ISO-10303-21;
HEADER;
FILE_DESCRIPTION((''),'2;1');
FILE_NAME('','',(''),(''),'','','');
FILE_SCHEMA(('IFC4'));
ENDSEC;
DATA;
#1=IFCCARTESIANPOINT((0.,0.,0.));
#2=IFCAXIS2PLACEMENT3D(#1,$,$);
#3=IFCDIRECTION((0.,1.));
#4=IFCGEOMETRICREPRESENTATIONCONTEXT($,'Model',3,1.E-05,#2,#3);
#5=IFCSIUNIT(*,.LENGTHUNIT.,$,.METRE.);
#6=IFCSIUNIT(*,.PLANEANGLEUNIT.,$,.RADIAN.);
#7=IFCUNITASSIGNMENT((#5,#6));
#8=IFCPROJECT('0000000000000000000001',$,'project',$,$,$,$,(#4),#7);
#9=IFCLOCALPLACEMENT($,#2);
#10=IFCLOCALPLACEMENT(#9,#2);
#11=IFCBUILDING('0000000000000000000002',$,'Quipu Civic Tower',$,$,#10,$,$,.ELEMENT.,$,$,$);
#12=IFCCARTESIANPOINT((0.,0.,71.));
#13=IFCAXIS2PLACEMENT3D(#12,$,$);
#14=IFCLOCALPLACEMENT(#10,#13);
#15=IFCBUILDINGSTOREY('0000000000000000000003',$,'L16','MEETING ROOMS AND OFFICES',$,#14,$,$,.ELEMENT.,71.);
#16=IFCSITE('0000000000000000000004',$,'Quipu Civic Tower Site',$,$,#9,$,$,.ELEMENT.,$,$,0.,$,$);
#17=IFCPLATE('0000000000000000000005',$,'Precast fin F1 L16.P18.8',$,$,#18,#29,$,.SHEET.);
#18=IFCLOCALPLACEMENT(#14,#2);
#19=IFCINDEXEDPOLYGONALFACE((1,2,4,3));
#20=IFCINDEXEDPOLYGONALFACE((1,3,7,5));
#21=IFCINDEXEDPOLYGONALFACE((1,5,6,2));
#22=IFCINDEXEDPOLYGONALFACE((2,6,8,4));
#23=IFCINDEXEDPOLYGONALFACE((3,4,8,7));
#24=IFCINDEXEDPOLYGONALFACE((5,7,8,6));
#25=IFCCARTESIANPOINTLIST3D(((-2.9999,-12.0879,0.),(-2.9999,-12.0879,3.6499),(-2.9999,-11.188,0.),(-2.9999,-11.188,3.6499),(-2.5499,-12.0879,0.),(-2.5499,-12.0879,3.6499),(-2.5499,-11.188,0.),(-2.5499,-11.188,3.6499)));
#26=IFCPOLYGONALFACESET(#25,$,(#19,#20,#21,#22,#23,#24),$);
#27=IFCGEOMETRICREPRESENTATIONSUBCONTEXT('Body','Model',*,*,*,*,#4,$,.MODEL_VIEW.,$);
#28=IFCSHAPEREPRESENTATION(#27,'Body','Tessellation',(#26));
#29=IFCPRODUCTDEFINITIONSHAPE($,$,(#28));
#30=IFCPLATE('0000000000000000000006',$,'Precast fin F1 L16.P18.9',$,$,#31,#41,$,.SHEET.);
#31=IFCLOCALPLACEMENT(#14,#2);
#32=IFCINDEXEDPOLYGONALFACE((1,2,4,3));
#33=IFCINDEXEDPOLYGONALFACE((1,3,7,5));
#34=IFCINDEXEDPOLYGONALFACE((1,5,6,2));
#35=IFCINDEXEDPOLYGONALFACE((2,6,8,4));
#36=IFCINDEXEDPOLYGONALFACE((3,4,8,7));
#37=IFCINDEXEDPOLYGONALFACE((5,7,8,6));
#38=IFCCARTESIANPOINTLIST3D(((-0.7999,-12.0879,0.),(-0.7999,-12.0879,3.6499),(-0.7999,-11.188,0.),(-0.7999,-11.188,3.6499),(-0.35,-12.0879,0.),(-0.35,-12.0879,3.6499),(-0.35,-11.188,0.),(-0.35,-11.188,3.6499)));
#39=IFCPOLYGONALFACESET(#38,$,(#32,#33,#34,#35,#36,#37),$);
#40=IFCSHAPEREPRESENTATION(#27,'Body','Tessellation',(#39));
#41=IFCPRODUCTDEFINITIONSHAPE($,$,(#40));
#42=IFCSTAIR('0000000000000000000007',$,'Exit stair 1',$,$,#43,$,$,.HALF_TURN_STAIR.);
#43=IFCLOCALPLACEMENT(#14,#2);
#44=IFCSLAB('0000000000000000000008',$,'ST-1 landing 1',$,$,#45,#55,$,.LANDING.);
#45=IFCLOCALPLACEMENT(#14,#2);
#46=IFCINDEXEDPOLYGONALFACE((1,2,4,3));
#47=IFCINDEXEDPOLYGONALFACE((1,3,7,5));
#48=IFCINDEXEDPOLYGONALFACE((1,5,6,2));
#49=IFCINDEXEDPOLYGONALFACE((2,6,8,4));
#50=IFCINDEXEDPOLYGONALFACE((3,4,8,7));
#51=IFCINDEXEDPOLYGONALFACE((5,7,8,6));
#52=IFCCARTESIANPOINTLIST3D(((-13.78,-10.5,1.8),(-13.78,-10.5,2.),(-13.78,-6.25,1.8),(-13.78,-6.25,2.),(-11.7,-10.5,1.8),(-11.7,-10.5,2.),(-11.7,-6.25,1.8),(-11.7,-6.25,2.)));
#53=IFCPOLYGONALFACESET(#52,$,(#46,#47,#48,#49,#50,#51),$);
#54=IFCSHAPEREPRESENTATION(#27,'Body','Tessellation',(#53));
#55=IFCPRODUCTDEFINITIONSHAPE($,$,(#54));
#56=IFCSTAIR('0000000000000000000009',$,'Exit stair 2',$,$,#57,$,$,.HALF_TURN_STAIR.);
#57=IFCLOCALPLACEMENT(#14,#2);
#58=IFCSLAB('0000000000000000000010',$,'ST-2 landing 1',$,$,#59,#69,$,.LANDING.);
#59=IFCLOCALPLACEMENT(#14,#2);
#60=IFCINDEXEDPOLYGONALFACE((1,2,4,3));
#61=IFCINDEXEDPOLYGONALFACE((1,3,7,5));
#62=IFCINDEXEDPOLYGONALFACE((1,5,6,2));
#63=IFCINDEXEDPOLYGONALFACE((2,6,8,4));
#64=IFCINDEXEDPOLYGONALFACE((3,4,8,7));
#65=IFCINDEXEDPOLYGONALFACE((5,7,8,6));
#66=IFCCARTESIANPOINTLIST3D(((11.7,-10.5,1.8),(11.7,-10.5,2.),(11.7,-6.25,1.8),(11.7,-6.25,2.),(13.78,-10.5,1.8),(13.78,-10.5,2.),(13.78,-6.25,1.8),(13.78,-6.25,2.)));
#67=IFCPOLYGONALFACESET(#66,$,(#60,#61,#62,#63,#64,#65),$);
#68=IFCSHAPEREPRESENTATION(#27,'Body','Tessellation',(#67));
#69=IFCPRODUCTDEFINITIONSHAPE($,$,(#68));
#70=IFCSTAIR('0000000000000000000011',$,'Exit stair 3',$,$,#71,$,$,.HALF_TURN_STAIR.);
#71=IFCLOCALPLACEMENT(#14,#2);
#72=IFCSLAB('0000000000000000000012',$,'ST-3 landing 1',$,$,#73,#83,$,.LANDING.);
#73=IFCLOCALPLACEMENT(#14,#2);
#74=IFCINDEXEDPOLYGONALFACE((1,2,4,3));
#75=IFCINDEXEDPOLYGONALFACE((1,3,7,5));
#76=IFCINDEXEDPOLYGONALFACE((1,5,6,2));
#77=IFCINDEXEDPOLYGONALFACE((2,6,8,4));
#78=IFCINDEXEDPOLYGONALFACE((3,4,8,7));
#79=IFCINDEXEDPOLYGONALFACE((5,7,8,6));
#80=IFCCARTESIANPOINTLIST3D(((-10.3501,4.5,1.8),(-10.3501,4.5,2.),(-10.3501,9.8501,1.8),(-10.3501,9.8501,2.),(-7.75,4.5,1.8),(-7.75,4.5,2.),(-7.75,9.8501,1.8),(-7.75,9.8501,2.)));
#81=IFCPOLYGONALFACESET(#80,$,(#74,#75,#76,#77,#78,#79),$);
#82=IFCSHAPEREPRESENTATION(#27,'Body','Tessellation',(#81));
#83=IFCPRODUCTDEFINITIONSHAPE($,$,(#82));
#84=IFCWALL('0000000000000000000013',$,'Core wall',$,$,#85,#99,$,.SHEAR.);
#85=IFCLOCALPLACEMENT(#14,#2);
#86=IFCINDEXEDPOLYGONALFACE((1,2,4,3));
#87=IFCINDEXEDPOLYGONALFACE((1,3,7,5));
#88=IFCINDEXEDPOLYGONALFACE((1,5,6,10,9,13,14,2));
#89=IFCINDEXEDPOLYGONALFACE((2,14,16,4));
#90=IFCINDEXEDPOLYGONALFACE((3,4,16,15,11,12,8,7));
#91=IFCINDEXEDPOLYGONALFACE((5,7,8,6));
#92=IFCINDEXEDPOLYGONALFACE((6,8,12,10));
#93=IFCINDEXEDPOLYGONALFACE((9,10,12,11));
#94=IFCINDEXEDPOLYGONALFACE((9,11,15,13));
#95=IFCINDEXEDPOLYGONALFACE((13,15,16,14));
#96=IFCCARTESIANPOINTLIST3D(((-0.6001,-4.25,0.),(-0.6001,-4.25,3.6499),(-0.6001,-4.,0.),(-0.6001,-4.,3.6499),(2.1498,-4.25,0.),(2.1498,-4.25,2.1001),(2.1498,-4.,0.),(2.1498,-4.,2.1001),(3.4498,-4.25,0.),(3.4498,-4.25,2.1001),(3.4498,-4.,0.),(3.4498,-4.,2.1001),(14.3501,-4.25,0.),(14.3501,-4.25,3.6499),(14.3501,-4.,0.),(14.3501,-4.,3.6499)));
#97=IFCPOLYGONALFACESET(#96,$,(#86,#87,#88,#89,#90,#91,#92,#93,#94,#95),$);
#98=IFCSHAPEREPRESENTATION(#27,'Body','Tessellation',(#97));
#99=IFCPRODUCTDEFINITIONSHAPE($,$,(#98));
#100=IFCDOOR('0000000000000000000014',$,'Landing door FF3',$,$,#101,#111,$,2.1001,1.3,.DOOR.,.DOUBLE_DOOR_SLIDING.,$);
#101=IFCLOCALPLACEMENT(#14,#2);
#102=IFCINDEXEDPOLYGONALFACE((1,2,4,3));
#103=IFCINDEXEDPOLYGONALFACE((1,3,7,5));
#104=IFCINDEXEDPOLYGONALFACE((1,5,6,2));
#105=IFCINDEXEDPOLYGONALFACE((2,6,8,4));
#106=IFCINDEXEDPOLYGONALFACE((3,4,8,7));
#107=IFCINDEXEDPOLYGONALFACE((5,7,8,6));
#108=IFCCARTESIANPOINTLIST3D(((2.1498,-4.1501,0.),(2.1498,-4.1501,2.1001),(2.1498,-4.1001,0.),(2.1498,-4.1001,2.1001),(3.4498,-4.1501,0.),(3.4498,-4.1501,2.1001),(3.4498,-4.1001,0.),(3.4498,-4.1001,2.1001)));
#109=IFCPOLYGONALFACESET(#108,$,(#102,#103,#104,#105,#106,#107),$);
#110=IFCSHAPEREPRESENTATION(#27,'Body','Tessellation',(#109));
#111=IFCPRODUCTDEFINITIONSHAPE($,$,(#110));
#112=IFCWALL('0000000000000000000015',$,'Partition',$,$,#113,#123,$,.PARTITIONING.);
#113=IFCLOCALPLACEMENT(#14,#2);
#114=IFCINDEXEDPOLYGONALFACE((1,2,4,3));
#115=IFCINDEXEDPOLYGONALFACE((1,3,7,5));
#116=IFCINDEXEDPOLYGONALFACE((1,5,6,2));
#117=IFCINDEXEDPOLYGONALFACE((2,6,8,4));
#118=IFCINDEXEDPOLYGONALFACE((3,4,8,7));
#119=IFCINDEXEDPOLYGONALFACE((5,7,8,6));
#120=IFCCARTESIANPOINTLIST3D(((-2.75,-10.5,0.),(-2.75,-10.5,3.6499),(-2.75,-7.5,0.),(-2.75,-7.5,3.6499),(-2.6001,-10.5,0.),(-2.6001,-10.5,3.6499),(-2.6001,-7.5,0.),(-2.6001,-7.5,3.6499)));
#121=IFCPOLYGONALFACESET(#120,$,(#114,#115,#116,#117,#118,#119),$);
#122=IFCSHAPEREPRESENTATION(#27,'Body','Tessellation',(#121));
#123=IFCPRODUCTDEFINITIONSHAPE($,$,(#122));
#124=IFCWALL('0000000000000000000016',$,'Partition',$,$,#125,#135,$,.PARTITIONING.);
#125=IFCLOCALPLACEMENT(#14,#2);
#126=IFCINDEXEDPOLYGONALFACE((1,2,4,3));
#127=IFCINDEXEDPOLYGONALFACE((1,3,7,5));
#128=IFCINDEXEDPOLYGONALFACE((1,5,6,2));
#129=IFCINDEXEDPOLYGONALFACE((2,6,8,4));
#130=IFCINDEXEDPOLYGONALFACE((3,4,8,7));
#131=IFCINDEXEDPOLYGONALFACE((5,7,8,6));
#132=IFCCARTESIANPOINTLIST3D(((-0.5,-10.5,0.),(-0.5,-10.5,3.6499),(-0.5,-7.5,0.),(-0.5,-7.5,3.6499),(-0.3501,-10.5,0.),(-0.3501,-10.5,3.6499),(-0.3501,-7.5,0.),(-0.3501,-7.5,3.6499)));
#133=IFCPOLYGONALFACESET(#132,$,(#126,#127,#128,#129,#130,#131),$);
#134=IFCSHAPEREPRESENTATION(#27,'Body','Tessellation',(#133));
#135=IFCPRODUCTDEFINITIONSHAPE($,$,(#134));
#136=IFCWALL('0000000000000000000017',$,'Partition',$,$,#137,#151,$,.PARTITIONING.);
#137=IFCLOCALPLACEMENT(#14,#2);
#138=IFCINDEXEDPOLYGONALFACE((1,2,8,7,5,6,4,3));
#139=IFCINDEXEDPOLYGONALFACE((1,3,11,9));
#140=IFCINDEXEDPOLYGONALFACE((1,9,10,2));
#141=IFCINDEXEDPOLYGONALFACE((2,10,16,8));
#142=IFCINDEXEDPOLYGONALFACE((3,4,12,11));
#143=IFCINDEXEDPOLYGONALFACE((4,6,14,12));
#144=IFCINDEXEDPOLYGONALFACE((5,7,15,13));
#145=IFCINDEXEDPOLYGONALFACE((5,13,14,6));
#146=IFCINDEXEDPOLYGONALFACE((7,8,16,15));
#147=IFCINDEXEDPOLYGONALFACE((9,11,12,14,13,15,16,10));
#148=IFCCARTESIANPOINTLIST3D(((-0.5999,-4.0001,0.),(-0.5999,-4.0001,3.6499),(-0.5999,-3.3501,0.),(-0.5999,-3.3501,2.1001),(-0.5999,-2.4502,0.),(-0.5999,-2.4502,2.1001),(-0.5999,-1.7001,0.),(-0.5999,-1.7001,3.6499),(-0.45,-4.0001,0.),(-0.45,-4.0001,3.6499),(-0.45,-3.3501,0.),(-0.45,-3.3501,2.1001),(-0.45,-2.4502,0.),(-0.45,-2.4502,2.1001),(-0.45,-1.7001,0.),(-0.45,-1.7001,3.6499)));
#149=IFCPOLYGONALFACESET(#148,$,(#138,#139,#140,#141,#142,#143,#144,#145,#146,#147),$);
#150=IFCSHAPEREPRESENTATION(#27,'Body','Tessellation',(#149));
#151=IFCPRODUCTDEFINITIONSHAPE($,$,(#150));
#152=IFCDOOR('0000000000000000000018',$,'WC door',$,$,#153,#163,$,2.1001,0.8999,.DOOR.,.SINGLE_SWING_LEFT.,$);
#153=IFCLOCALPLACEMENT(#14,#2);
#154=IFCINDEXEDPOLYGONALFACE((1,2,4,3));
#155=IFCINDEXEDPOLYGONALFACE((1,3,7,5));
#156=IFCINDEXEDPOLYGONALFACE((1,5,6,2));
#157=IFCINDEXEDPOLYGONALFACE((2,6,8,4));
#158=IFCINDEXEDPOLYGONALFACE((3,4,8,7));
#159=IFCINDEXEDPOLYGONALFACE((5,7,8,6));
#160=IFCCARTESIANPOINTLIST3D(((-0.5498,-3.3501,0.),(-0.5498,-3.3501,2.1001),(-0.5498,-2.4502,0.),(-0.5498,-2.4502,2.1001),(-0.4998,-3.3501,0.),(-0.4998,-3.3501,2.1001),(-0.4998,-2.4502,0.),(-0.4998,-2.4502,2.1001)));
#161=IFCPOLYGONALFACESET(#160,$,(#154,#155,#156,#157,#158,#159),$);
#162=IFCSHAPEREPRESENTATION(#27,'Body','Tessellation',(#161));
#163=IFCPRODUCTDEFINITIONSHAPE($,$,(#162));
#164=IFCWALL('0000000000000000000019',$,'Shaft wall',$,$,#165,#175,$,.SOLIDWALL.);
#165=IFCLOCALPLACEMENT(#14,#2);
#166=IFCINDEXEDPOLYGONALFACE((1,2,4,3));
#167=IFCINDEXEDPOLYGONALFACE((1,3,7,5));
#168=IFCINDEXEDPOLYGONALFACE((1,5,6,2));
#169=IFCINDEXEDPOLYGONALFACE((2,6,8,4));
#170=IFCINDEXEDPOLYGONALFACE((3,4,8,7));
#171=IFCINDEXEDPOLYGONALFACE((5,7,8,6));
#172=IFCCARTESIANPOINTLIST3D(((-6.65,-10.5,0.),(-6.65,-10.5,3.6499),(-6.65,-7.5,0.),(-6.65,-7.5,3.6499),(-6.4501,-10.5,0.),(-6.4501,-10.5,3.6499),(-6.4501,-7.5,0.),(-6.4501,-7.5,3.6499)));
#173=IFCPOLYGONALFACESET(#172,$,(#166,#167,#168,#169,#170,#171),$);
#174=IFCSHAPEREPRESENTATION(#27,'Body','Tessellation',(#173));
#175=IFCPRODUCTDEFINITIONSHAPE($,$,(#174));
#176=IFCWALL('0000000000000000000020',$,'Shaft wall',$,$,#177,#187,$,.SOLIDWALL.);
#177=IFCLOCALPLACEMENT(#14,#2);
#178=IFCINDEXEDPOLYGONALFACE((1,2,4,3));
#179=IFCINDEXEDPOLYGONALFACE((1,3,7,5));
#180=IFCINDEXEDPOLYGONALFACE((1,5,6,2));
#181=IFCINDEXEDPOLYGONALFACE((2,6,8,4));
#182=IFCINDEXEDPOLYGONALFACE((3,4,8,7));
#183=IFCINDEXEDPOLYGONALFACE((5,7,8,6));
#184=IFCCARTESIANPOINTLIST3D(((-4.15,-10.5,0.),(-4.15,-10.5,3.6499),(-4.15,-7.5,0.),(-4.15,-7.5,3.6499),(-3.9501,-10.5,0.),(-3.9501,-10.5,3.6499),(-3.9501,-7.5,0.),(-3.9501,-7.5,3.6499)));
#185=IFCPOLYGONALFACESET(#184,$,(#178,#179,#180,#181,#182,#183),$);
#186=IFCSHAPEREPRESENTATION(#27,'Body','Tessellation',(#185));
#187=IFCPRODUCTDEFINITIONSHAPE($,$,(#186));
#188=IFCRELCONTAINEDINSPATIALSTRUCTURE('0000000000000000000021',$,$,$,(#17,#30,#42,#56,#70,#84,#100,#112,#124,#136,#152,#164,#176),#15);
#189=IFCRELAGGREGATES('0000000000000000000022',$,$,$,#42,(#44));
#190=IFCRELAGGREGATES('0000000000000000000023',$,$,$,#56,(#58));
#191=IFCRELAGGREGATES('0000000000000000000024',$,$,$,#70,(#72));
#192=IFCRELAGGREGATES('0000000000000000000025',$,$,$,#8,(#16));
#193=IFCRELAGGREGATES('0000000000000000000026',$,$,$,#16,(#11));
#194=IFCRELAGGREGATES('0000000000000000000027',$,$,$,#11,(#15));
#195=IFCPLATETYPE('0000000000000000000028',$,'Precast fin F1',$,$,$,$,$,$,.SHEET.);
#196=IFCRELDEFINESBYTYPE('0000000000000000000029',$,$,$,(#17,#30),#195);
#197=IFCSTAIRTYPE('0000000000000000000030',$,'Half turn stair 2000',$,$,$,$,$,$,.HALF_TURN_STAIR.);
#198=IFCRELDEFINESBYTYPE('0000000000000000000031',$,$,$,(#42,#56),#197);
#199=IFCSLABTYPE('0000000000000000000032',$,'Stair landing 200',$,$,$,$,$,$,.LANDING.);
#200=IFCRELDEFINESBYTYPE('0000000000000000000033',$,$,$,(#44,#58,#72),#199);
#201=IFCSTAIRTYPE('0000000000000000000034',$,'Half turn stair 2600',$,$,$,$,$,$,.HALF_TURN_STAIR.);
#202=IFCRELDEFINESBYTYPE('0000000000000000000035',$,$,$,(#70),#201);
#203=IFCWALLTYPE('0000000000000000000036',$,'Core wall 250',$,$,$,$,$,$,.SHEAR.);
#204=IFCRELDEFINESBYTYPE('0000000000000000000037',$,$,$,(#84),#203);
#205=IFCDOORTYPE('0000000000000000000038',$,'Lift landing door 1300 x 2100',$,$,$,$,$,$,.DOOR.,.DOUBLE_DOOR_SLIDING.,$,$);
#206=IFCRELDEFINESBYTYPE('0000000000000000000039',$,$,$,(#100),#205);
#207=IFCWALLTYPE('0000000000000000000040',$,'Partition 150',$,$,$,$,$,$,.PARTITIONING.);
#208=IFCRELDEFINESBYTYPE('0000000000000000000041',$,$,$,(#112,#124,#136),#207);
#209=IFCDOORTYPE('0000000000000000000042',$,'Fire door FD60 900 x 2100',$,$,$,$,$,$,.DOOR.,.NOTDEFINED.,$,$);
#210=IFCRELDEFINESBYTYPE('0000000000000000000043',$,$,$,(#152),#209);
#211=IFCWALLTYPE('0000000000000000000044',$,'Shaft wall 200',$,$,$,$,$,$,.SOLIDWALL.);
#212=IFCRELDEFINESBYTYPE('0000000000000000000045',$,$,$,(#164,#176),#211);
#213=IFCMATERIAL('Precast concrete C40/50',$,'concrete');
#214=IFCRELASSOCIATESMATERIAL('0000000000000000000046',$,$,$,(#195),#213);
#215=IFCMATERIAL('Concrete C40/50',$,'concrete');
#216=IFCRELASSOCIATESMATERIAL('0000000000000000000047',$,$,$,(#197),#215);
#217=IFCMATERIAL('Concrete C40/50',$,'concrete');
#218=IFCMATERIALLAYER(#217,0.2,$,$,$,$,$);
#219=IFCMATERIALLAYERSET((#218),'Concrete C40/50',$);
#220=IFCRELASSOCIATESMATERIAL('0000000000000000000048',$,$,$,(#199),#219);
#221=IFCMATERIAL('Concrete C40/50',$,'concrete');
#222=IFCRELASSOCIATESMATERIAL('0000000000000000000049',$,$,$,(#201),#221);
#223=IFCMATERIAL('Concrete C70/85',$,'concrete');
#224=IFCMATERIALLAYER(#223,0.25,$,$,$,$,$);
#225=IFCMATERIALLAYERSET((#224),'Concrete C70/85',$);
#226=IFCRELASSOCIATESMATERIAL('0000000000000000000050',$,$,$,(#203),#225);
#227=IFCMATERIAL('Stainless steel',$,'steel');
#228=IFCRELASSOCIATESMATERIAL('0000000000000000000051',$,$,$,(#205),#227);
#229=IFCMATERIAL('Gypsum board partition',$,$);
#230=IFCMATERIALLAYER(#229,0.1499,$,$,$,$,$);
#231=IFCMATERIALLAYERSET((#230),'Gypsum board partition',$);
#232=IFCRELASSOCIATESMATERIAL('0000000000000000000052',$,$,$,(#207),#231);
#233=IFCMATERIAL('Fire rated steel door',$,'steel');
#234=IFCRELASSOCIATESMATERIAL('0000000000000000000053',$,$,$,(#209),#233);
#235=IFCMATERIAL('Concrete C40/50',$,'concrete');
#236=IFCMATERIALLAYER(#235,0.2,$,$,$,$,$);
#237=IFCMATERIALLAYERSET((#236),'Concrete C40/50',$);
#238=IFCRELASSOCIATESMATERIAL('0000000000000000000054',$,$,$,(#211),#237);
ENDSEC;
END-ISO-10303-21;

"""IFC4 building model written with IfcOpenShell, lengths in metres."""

from ifc_helpers import new_model, si_unit, direction, frame, frame_2d, origin, origin_2d, place, context, subcontext, project, spatial, polyline, rectangle, outline, extrude, material, layer, layer_set, type_object, element, fill, aggregate, save


model = new_model("IFC4")

# Units and contexts
model_context = context("Model", 3, precision=1e-05, world=origin(), true_north=direction((0.0, 1.0)))
body_context = subcontext(model_context, "Body", "Model", "MODEL_VIEW")
ifc_project = project(units=[si_unit("LENGTHUNIT", "METRE"), si_unit("PLANEANGLEUNIT", "RADIAN")], contexts=[model_context])

# Site, building, storey
site_placement = place(None, origin())
site = spatial("IfcSite", under=ifc_project, at=site_placement, Name="Quipu Civic Tower Site", CompositionType="ELEMENT", RefElevation=0.0)
building_placement = place(site_placement, origin())
building = spatial("IfcBuilding", under=site, at=building_placement, Name="Quipu Civic Tower", CompositionType="ELEMENT")
storey_placement = place(building_placement, frame((0.0, 0.0, 71.0)))
storey = spatial("IfcBuildingStorey", under=building, at=storey_placement, Name="L16", Description="MEETING ROOMS AND OFFICES", CompositionType="ELEMENT", Elevation=71.0)

# Plates
ifc_material_1 = material(Name="Precast concrete C40/50", Category="concrete")
plate_type = type_object("IfcPlateType", Name="Precast fin F1", PredefinedType="SHEET", material=ifc_material_1)
for number, where, z_axis, x_axis, name in (
    (1, (-2.7749, -11.6379, 0.0), (0.0, 0.0, 1.0), (1.0, 0.0, 0.0), "Precast fin F1 L16.P18.8"),
    (2, (-0.575, -11.6379, 0.0), (0.0, 0.0, 1.0), (1.0, 0.0, 0.0), "Precast fin F1 L16.P18.9"),
):
    element("IfcPlate", number, at=place(storey_placement, frame(where, z_axis=z_axis, x_axis=x_axis)), inside=storey, type_object=plate_type, Name=name, PredefinedType="SHEET", context=body_context, shape_type="SweptSolid", body=[
        extrude(rectangle(XDim=0.45, YDim=0.8999, at=origin_2d()), origin(), (0.0, 0.0, 1.0), 3.6499),
    ])

# Stairs, slabs
ifc_material_2 = material(Name="Concrete C40/50", Category="concrete")
stair_type_1 = type_object("IfcStairType", Name="Half turn stair 2000", PredefinedType="HALF_TURN_STAIR", material=ifc_material_2)
stair_1_placement = place(storey_placement, origin())
stair_1 = element("IfcStair", 3, at=stair_1_placement, inside=storey, type_object=stair_type_1, Name="Exit stair 1", PredefinedType="HALF_TURN_STAIR")
ifc_material_3 = material(Name="Concrete C40/50", Category="concrete")
ifc_layer_1 = layer(ifc_material_3, 0.2)
ifc_layer_set_1 = layer_set([ifc_layer_1], Name="Concrete C40/50")
slab_type_1 = type_object("IfcSlabType", Name="Stair landing 200", PredefinedType="LANDING", material=ifc_layer_set_1)
slab_1_placement = place(storey_placement, frame((0.0, 0.0, 1.8)))
slab_1 = element("IfcSlab", 4, at=slab_1_placement, type_object=slab_type_1, Name="ST-1 landing 1", PredefinedType="LANDING", context=body_context, shape_type="SweptSolid", body=[
    extrude(outline(polyline([(-13.78, -10.5), (-11.7, -10.5), (-11.7, -6.25), (-13.78, -6.25), (-13.78, -10.5)])), origin(), (0.0, 0.0, 1.0), 0.2),
])
aggregate(stair_1, [slab_1])
stair_2_placement = place(storey_placement, origin())
stair_2 = element("IfcStair", 5, at=stair_2_placement, inside=storey, type_object=stair_type_1, Name="Exit stair 2", PredefinedType="HALF_TURN_STAIR")
slab_2_placement = place(storey_placement, frame((0.0, 0.0, 1.8)))
slab_2 = element("IfcSlab", 6, at=slab_2_placement, type_object=slab_type_1, Name="ST-2 landing 1", PredefinedType="LANDING", context=body_context, shape_type="SweptSolid", body=[
    extrude(outline(polyline([(13.78, -6.25), (11.7, -6.25), (11.7, -10.5), (13.78, -10.5), (13.78, -6.25)])), origin(), (0.0, 0.0, 1.0), 0.2),
])
aggregate(stair_2, [slab_2])
ifc_material_4 = material(Name="Concrete C40/50", Category="concrete")
stair_type_2 = type_object("IfcStairType", Name="Half turn stair 2600", PredefinedType="HALF_TURN_STAIR", material=ifc_material_4)
stair_3_placement = place(storey_placement, origin())
stair_3 = element("IfcStair", 7, at=stair_3_placement, inside=storey, type_object=stair_type_2, Name="Exit stair 3", PredefinedType="HALF_TURN_STAIR")
slab_3_placement = place(storey_placement, frame((0.0, 0.0, 1.8)))
slab_3 = element("IfcSlab", 8, at=slab_3_placement, type_object=slab_type_1, Name="ST-3 landing 1", PredefinedType="LANDING", context=body_context, shape_type="SweptSolid", body=[
    extrude(outline(polyline([(-10.3501, 4.5), (-7.75, 4.5), (-7.75, 9.8501), (-10.3501, 9.8501), (-10.3501, 4.5)])), origin(), (0.0, 0.0, 1.0), 0.2),
])
aggregate(stair_3, [slab_3])

# Wall, opening, door
ifc_material_5 = material(Name="Concrete C70/85", Category="concrete")
ifc_layer_2 = layer(ifc_material_5, 0.25)
ifc_layer_set_2 = layer_set([ifc_layer_2], Name="Concrete C70/85")
wall_type_1 = type_object("IfcWallType", Name="Core wall 250", PredefinedType="SHEAR", material=ifc_layer_set_2)
wall_1_placement = place(storey_placement, frame((-0.6001, -4.125, 0.0), z_axis=(0.0, 0.0, 1.0), x_axis=(1.0, 0.0, 0.0)))
wall_1 = element("IfcWall", 9, at=wall_1_placement, inside=storey, type_object=wall_type_1, Name="Core wall", PredefinedType="SHEAR", context=body_context, shape_type="SweptSolid", body=[
    extrude(rectangle(XDim=14.9502, YDim=0.25, at=frame_2d((7.4751, 0.0))), origin(), (0.0, 0.0, 1.0), 3.6499),
])
opening_1_placement = place(wall_1_placement, frame((2.75, 0.0, 0.0)))
opening_1 = element("IfcOpeningElement", 10, at=opening_1_placement, cuts=wall_1, PredefinedType="OPENING", context=body_context, shape_type="SweptSolid", body=[
    extrude(rectangle(XDim=1.3, YDim=2.1001, at=frame_2d((0.6499, 1.05))), frame((0.0, 0.135, 0.0), z_axis=(0.0, -1.0, 0.0), x_axis=(1.0, 0.0, 0.0)), (0.0, 0.0, 1.0), 0.27),
])
ifc_material_6 = material(Name="Stainless steel", Category="steel")
door_type_1 = type_object("IfcDoorType", Name="Lift landing door 1300 x 2100", OperationType="DOUBLE_DOOR_SLIDING", PredefinedType="DOOR", material=ifc_material_6)
door_1_placement = place(opening_1_placement, origin())
door_1 = element("IfcDoor", 11, at=door_1_placement, inside=storey, type_object=door_type_1, Name="Landing door FF3", OperationType="DOUBLE_DOOR_SLIDING", OverallHeight=2.1001, OverallWidth=1.3, PredefinedType="DOOR", context=body_context, shape_type="SweptSolid", body=[
    extrude(rectangle(XDim=1.3, YDim=2.1001, at=frame_2d((0.6499, 1.05))), frame((0.0, 0.0249, 0.0), z_axis=(0.0, -1.0, 0.0), x_axis=(1.0, 0.0, 0.0)), (0.0, 0.0, 1.0), 0.05),
])
fill(opening_1, door_1)

# Walls
ifc_material_7 = material(Name="Gypsum board partition")
ifc_layer_3 = layer(ifc_material_7, 0.1499)
ifc_layer_set_3 = layer_set([ifc_layer_3], Name="Gypsum board partition")
wall_type_2 = type_object("IfcWallType", Name="Partition 150", PredefinedType="PARTITIONING", material=ifc_layer_set_3)
for number, where, z_axis, x_axis, name in (
    (12, (-2.675, -10.5, 0.0), (0.0, 0.0, 1.0), (0.0, 1.0, 0.0), "Partition"),
    (13, (-0.425, -10.5, 0.0), (0.0, 0.0, 1.0), (0.0, 1.0, 0.0), "Partition"),
):
    element("IfcWall", number, at=place(storey_placement, frame(where, z_axis=z_axis, x_axis=x_axis)), inside=storey, type_object=wall_type_2, Name=name, PredefinedType="PARTITIONING", context=body_context, shape_type="SweptSolid", body=[
        extrude(rectangle(XDim=3.0, YDim=0.1499, at=frame_2d((1.5, 0.0))), origin(), (0.0, 0.0, 1.0), 3.6499),
    ])

# Wall, opening, door
wall_2_placement = place(storey_placement, frame((-0.5249, -4.0, 0.0), z_axis=(0.0, 0.0, 1.0), x_axis=(0.0, 1.0, 0.0)))
wall_2 = element("IfcWall", 14, at=wall_2_placement, inside=storey, type_object=wall_type_2, Name="Partition", PredefinedType="PARTITIONING", context=body_context, shape_type="SweptSolid", body=[
    extrude(rectangle(XDim=2.3, YDim=0.1499, at=frame_2d((1.1499, 0.0))), origin(), (0.0, 0.0, 1.0), 3.6499),
])
opening_2_placement = place(wall_2_placement, frame((0.6499, 0.0, 0.0)))
opening_2 = element("IfcOpeningElement", 15, at=opening_2_placement, cuts=wall_2, PredefinedType="OPENING", context=body_context, shape_type="SweptSolid", body=[
    extrude(rectangle(XDim=0.8999, YDim=2.1001, at=frame_2d((0.45, 1.05))), frame((0.0, 0.085, 0.0), z_axis=(0.0, -1.0, 0.0), x_axis=(1.0, 0.0, 0.0)), (0.0, 0.0, 1.0), 0.1699),
])
ifc_material_8 = material(Name="Fire rated steel door", Category="steel")
door_type_2 = type_object("IfcDoorType", Name="Fire door FD60 900 x 2100", OperationType="NOTDEFINED", PredefinedType="DOOR", material=ifc_material_8)
door_2_placement = place(opening_2_placement, origin())
door_2 = element("IfcDoor", 16, at=door_2_placement, inside=storey, type_object=door_type_2, Name="WC door", OperationType="SINGLE_SWING_LEFT", OverallHeight=2.1001, OverallWidth=0.8999, PredefinedType="DOOR", context=body_context, shape_type="SweptSolid", body=[
    extrude(rectangle(XDim=0.8999, YDim=2.1001, at=frame_2d((0.45, 1.05))), frame((0.0, 0.0249, 0.0), z_axis=(0.0, -1.0, 0.0), x_axis=(1.0, 0.0, 0.0)), (0.0, 0.0, 1.0), 0.05),
])
fill(opening_2, door_2)

# Walls
ifc_material_9 = material(Name="Concrete C40/50", Category="concrete")
ifc_layer_4 = layer(ifc_material_9, 0.2)
ifc_layer_set_4 = layer_set([ifc_layer_4], Name="Concrete C40/50")
wall_type_3 = type_object("IfcWallType", Name="Shaft wall 200", PredefinedType="SOLIDWALL", material=ifc_layer_set_4)
for number, where, z_axis, x_axis, name in (
    (17, (-6.55, -10.5, 0.0), (0.0, 0.0, 1.0), (0.0, 1.0, 0.0), "Shaft wall"),
    (18, (-4.05, -10.5, 0.0), (0.0, 0.0, 1.0), (0.0, 1.0, 0.0), "Shaft wall"),
):
    element("IfcWall", number, at=place(storey_placement, frame(where, z_axis=z_axis, x_axis=x_axis)), inside=storey, type_object=wall_type_3, Name=name, PredefinedType="SOLIDWALL", context=body_context, shape_type="SweptSolid", body=[
        extrude(rectangle(XDim=3.0, YDim=0.2, at=frame_2d((1.5, 0.0))), origin(), (0.0, 0.0, 1.0), 3.6499),
    ])

save(model, "model.ifc")
